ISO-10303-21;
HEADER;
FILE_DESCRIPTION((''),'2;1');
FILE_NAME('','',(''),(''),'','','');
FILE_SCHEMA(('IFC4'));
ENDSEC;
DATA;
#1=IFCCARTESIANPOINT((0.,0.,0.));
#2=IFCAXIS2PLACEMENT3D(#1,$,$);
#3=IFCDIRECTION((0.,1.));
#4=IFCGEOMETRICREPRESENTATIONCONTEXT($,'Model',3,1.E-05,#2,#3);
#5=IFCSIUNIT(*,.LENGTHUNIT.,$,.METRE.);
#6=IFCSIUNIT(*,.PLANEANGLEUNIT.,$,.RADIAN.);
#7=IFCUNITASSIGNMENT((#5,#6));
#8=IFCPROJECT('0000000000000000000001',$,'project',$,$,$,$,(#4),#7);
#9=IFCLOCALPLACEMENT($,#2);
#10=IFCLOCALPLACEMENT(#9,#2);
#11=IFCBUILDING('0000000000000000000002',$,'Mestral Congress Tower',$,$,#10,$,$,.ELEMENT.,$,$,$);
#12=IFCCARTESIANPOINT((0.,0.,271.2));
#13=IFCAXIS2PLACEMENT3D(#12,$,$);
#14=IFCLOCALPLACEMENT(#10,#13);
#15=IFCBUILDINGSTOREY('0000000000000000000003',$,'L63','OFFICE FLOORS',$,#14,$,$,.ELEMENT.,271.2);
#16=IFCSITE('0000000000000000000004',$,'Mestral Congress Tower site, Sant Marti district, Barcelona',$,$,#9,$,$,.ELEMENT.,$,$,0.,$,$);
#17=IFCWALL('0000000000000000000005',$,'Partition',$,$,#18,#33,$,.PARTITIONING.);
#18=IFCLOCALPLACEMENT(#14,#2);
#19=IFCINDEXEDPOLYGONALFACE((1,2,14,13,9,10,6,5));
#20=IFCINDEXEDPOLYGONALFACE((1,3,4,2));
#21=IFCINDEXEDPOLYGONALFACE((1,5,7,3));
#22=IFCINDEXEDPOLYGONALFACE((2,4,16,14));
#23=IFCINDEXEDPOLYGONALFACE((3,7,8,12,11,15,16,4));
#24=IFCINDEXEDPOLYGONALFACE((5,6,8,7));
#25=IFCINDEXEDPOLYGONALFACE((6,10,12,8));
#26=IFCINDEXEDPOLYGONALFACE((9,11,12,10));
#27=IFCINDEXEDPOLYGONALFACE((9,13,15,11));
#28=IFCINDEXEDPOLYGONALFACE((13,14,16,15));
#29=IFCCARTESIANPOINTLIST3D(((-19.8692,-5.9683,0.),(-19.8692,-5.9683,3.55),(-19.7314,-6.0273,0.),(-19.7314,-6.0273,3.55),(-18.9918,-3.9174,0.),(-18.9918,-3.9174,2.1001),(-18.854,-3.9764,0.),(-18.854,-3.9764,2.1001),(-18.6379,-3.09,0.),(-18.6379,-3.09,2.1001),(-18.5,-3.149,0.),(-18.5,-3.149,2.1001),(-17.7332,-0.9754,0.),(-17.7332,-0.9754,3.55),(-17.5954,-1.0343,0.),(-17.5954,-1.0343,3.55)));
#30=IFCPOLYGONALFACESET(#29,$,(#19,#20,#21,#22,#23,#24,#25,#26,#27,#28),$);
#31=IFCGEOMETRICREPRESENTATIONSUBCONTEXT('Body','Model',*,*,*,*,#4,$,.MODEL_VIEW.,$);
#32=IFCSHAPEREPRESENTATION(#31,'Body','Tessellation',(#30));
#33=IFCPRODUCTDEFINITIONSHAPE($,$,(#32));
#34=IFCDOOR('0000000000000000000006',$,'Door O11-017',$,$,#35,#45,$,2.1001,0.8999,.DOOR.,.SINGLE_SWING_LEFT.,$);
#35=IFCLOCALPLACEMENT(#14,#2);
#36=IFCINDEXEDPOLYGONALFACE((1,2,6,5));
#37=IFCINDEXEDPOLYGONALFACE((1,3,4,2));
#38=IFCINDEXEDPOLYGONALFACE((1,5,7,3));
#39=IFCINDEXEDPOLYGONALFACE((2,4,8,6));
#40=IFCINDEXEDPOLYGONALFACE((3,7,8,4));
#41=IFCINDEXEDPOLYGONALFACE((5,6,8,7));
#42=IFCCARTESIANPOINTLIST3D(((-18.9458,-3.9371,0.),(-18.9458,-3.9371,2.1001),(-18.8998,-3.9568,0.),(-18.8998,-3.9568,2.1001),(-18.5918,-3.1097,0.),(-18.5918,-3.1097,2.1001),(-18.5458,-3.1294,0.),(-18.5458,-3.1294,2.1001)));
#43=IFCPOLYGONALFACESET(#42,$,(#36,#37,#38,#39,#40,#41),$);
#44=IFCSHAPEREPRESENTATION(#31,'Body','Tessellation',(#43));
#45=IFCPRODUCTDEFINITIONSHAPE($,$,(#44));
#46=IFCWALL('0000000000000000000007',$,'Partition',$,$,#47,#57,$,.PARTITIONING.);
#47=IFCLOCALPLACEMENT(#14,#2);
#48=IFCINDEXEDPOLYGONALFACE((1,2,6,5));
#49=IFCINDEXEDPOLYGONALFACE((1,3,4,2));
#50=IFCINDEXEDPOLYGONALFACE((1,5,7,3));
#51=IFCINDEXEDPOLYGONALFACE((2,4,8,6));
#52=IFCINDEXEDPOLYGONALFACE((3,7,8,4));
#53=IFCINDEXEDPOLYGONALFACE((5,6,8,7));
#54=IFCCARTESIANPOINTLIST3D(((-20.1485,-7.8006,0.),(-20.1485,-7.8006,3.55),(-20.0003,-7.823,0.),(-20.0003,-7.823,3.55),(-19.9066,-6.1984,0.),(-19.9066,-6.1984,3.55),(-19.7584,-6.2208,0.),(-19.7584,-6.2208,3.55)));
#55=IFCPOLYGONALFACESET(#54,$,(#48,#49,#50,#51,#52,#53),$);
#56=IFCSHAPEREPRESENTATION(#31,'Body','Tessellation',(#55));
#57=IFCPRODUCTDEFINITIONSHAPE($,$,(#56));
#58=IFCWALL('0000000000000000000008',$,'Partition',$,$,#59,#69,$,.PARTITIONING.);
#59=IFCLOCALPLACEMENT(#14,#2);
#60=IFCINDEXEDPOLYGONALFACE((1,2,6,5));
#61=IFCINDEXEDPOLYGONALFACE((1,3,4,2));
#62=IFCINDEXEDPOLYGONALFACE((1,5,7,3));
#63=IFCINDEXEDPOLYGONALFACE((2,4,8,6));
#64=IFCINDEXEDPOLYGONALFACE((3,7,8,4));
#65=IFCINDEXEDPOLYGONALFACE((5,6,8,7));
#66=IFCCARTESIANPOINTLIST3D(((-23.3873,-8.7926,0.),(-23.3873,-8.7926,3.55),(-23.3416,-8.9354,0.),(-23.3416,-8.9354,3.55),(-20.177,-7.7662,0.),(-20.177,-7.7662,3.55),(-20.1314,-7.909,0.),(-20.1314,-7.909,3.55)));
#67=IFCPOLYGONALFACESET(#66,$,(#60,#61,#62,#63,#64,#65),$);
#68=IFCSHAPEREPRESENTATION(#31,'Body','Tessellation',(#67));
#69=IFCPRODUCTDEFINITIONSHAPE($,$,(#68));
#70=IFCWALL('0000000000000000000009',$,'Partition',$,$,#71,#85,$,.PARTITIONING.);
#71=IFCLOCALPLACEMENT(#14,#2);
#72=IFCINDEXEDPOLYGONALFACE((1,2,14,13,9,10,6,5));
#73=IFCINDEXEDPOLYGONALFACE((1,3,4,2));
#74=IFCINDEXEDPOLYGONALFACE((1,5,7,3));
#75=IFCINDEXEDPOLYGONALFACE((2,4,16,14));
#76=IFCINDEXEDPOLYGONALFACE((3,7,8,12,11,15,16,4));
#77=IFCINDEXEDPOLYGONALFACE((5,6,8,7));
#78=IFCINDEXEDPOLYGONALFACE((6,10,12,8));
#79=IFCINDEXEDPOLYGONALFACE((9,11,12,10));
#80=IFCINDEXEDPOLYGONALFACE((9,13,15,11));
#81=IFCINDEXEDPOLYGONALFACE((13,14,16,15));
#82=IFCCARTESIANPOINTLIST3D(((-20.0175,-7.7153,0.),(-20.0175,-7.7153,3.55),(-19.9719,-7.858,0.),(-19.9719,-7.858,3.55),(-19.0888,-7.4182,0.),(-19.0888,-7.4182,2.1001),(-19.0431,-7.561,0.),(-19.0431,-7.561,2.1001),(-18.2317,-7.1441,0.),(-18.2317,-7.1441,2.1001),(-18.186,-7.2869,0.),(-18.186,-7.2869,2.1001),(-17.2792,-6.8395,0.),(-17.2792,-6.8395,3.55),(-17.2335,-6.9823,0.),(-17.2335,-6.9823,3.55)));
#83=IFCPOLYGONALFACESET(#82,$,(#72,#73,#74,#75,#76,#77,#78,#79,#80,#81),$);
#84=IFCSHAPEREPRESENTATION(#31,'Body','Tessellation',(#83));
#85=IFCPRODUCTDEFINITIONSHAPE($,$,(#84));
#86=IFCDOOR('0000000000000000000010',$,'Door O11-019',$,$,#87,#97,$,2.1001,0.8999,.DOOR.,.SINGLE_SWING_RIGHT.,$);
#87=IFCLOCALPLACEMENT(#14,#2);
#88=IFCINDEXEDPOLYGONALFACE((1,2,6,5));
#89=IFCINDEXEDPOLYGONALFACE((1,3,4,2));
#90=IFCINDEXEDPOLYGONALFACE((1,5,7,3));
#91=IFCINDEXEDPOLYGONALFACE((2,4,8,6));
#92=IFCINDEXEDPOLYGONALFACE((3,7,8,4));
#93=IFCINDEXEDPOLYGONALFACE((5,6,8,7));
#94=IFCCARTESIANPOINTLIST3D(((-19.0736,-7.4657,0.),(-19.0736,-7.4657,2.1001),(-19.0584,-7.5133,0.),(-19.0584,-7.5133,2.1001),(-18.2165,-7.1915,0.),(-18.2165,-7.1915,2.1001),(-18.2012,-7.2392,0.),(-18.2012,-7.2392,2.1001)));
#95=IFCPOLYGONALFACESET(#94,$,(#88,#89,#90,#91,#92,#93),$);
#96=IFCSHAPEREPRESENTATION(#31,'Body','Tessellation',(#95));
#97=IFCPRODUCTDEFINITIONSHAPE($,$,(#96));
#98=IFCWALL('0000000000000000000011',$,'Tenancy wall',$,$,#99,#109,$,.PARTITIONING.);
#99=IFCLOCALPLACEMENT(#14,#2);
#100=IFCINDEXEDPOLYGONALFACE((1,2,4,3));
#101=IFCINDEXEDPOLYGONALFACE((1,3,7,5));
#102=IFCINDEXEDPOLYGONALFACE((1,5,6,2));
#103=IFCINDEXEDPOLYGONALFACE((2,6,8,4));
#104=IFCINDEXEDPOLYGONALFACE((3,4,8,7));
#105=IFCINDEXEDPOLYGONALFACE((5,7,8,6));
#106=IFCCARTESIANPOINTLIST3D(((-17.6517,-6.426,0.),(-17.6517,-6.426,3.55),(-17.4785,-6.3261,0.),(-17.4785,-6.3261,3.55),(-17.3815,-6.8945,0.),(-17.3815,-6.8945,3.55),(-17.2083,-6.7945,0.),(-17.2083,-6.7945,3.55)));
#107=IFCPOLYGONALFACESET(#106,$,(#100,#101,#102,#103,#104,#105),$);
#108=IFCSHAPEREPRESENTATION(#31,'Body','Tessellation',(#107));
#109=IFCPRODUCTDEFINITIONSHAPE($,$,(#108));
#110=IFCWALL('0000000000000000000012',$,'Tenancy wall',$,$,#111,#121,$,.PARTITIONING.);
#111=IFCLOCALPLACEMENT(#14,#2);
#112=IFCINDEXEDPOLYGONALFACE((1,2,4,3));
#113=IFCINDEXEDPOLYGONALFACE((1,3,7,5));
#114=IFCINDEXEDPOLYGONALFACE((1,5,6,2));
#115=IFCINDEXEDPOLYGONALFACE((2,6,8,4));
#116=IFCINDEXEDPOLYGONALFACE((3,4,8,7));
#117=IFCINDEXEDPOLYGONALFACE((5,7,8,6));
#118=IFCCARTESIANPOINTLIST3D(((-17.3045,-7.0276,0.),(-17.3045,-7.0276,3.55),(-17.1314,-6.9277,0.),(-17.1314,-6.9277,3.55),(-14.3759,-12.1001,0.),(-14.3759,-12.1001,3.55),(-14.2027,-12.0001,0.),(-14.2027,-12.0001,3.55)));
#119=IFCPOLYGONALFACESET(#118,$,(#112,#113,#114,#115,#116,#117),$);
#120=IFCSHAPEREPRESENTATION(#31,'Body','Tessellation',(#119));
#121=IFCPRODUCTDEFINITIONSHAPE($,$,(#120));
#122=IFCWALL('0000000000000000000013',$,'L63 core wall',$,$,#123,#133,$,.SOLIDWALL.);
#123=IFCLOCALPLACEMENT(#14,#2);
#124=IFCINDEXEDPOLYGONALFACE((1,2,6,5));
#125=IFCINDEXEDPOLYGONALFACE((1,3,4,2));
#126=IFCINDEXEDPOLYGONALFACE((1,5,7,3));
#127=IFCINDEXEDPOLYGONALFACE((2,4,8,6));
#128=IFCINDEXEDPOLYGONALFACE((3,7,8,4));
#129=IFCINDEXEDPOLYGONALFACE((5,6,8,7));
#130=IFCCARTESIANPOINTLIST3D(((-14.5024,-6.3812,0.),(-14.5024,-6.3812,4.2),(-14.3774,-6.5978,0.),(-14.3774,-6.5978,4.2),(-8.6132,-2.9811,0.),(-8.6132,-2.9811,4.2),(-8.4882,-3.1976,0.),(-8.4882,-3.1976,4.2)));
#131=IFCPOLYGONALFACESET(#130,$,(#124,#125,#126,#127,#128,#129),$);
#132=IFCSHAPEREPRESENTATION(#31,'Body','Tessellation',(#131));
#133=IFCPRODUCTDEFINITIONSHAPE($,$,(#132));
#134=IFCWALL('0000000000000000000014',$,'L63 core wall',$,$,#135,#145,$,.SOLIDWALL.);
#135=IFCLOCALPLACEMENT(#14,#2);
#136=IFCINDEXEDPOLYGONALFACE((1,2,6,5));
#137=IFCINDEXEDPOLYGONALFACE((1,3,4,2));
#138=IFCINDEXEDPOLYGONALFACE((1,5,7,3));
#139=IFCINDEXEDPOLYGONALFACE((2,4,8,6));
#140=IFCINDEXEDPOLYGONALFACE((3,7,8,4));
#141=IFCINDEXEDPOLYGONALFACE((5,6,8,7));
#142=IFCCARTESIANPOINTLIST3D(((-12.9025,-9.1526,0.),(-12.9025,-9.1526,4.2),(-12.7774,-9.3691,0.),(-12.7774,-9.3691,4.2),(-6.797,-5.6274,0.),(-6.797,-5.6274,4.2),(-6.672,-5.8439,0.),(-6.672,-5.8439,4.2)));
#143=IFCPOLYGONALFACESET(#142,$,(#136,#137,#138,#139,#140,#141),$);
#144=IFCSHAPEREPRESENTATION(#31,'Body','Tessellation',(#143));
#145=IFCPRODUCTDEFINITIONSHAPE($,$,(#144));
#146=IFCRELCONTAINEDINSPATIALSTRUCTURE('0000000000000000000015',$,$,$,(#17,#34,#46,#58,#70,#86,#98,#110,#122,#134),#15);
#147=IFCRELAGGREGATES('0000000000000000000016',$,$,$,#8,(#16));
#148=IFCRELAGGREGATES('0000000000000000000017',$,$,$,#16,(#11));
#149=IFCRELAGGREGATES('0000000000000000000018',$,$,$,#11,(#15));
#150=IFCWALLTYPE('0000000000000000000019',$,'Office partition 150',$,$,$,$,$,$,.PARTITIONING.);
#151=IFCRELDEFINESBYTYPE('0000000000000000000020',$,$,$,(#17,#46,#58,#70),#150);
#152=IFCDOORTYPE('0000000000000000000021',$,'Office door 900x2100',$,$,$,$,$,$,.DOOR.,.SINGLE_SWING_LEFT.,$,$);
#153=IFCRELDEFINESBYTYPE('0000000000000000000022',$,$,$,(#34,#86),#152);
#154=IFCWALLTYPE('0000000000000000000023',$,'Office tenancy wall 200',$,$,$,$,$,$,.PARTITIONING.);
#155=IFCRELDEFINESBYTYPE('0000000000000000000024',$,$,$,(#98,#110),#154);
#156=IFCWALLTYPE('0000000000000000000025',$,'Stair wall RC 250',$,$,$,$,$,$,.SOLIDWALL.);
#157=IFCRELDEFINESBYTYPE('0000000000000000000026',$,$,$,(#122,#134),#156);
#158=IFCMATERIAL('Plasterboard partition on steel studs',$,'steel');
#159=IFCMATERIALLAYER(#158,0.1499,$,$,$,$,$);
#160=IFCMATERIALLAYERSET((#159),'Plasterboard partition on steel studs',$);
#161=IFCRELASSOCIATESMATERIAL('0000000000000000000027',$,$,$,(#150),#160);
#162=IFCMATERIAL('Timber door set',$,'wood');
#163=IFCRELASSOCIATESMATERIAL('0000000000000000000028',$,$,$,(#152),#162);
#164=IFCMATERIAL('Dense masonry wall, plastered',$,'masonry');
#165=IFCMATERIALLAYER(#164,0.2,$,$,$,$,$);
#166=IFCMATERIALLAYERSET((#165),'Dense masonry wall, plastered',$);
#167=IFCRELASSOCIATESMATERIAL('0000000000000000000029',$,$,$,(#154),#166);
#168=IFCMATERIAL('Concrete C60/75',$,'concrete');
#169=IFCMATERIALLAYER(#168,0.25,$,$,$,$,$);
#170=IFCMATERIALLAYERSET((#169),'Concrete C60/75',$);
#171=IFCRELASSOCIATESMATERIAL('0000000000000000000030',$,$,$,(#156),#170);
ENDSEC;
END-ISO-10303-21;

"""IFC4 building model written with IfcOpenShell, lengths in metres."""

from ifc_helpers import new_model, si_unit, direction, frame, frame_2d, origin, place, context, subcontext, project, spatial, rectangle, extrude, material, layer, layer_set, type_object, element, fill, save


model = new_model("IFC4")

# Units and contexts
model_context = context("Model", 3, precision=1e-05, world=origin(), true_north=direction((0.0, 1.0)))
body_context = subcontext(model_context, "Body", "Model", "MODEL_VIEW")
ifc_project = project(units=[si_unit("LENGTHUNIT", "METRE"), si_unit("PLANEANGLEUNIT", "RADIAN")], contexts=[model_context])

# Site, building, storey
site_placement = place(None, origin())
site = spatial("IfcSite", under=ifc_project, at=site_placement, Name="Mestral Congress Tower site, Sant Marti district, Barcelona", CompositionType="ELEMENT", RefElevation=0.0)
building_placement = place(site_placement, origin())
building = spatial("IfcBuilding", under=site, at=building_placement, Name="Mestral Congress Tower", CompositionType="ELEMENT")
storey_placement = place(building_placement, frame((0.0, 0.0, 271.2)))
storey = spatial("IfcBuildingStorey", under=building, at=storey_placement, Name="L63", Description="OFFICE FLOORS", CompositionType="ELEMENT", Elevation=271.2)

# Shared definitions
ifc_material_1 = material(Name="Concrete C60/75", Category="concrete")

# Shared definitions
ifc_material_2 = material(Name="Plasterboard partition on steel studs", Category="steel")
ifc_layer_1 = layer(ifc_material_2, 0.1499)
ifc_layer_set_1 = layer_set([ifc_layer_1], Name="Plasterboard partition on steel studs")
wall_type_1 = type_object("IfcWallType", Name="Office partition 150", PredefinedType="PARTITIONING", material=ifc_layer_set_1)

# Wall, opening, door
wall_1_placement = place(storey_placement, frame((-19.8003, -5.9978, 0.0), z_axis=(0.0, 0.0, 1.0), x_axis=(0.393322, 0.919401, 0.0)))
wall_1 = element("IfcWall", 1, at=wall_1_placement, inside=storey, type_object=wall_type_1, Name="Partition", PredefinedType="PARTITIONING", context=body_context, shape_type="SweptSolid", body=[
    extrude(rectangle(XDim=5.4307, YDim=0.1499, at=frame_2d((2.7153, 0.0))), origin(), (0.0, 0.0, 1.0), 3.55),
])
opening_1_placement = place(wall_1_placement, frame((2.2307, 0.0, 0.0)))
opening_1 = element("IfcOpeningElement", 2, at=opening_1_placement, cuts=wall_1, PredefinedType="OPENING", context=body_context, shape_type="SweptSolid", body=[
    extrude(rectangle(XDim=0.8999, YDim=2.1001, at=frame_2d((0.45, 1.05))), frame((0.0, 0.085, 0.0), z_axis=(0.0, -1.0, 0.0), x_axis=(1.0, 0.0, 0.0)), (0.0, 0.0, 1.0), 0.1699),
])
ifc_material_3 = material(Name="Timber door set", Category="wood")
door_type_1 = type_object("IfcDoorType", Name="Office door 900x2100", OperationType="SINGLE_SWING_LEFT", PredefinedType="DOOR", material=ifc_material_3)
door_1_placement = place(opening_1_placement, origin())
door_1 = element("IfcDoor", 3, at=door_1_placement, inside=storey, type_object=door_type_1, Name="Door O11-017", OperationType="SINGLE_SWING_LEFT", OverallHeight=2.1001, OverallWidth=0.8999, PredefinedType="DOOR", context=body_context, shape_type="SweptSolid", body=[
    extrude(rectangle(XDim=0.8999, YDim=2.1001, at=frame_2d((0.45, 1.05))), frame((0.0, 0.0249, 0.0), z_axis=(0.0, -1.0, 0.0), x_axis=(1.0, 0.0, 0.0)), (0.0, 0.0, 1.0), 0.05),
])
fill(opening_1, door_1)

# Walls
wall_2_placement = place(storey_placement, frame((-19.8325, -6.2097, 0.0), z_axis=(0.0, 0.0, 1.0), x_axis=(-0.149305, -0.988791, 0.0)))
element("IfcWall", 4, at=wall_2_placement, inside=storey, type_object=wall_type_1, Name="Partition", PredefinedType="PARTITIONING", context=body_context, shape_type="SweptSolid", body=[
    extrude(rectangle(XDim=1.6204, YDim=0.1499, at=frame_2d((0.8101, 0.0))), origin(), (0.0, 0.0, 1.0), 3.55),
])
wall_3_placement = place(storey_placement, frame((-20.1543, -7.8376, 0.0), z_axis=(0.0, 0.0, 1.0), x_axis=(-0.952501, -0.304534, 0.0)))
element("IfcWall", 5, at=wall_3_placement, inside=storey, type_object=wall_type_1, Name="Partition", PredefinedType="PARTITIONING", context=body_context, shape_type="SweptSolid", body=[
    extrude(rectangle(XDim=3.3704, YDim=0.1499, at=frame_2d((1.6851, 0.0))), origin(), (0.0, 0.0, 1.0), 3.55),
])

# Wall, opening, door
wall_4_placement = place(storey_placement, frame((-17.2563, -6.9109, 0.0), z_axis=(0.0, 0.0, 1.0), x_axis=(-0.952476, -0.304612, 0.0)))
wall_4 = element("IfcWall", 6, at=wall_4_placement, inside=storey, type_object=wall_type_1, Name="Partition", PredefinedType="PARTITIONING", context=body_context, shape_type="SweptSolid", body=[
    extrude(rectangle(XDim=2.875, YDim=0.1499, at=frame_2d((1.4375, 0.0))), origin(), (0.0, 0.0, 1.0), 3.55),
])
opening_2_placement = place(wall_4_placement, frame((1.0, 0.0, 0.0)))
opening_2 = element("IfcOpeningElement", 7, at=opening_2_placement, cuts=wall_4, PredefinedType="OPENING", context=body_context, shape_type="SweptSolid", body=[
    extrude(rectangle(XDim=0.8999, YDim=2.1001, at=frame_2d((0.45, 1.05))), frame((0.0, 0.085, 0.0), z_axis=(0.0, -1.0, 0.0), x_axis=(1.0, 0.0, 0.0)), (0.0, 0.0, 1.0), 0.1699),
])
door_2_placement = place(opening_2_placement, origin())
door_2 = element("IfcDoor", 8, at=door_2_placement, inside=storey, type_object=door_type_1, Name="Door O11-019", OperationType="SINGLE_SWING_RIGHT", OverallHeight=2.1001, OverallWidth=0.8999, PredefinedType="DOOR", context=body_context, shape_type="SweptSolid", body=[
    extrude(rectangle(XDim=0.8999, YDim=2.1001, at=frame_2d((0.45, 1.05))), frame((0.0, 0.0249, 0.0), z_axis=(0.0, -1.0, 0.0), x_axis=(1.0, 0.0, 0.0)), (0.0, 0.0, 1.0), 0.05),
])
fill(opening_2, door_2)

# Walls
ifc_material_4 = material(Name="Dense masonry wall, plastered", Category="masonry")
ifc_layer_2 = layer(ifc_material_4, 0.2)
ifc_layer_set_2 = layer_set([ifc_layer_2], Name="Dense masonry wall, plastered")
wall_type_2 = type_object("IfcWallType", Name="Office tenancy wall 200", PredefinedType="PARTITIONING", material=ifc_layer_set_2)
wall_5_placement = place(storey_placement, frame((-17.5652, -6.376, 0.0), z_axis=(0.0, 0.0, 1.0), x_axis=(0.499683, -0.866208, 0.0)))
element("IfcWall", 9, at=wall_5_placement, inside=storey, type_object=wall_type_2, Name="Tenancy wall", PredefinedType="PARTITIONING", context=body_context, shape_type="SweptSolid", body=[
    extrude(rectangle(XDim=0.5408, YDim=0.2, at=frame_2d((0.2705, 0.0))), origin(), (0.0, 0.0, 1.0), 3.55),
])
wall_6_placement = place(storey_placement, frame((-17.218, -6.9775, 0.0), z_axis=(0.0, 0.0, 1.0), x_axis=(0.500012, -0.866018, 0.0)))
element("IfcWall", 10, at=wall_6_placement, inside=storey, type_object=wall_type_2, Name="Tenancy wall", PredefinedType="PARTITIONING", context=body_context, shape_type="SweptSolid", body=[
    extrude(rectangle(XDim=5.8572, YDim=0.2, at=frame_2d((2.9287, 0.0))), origin(), (0.0, 0.0, 1.0), 3.55),
])
ifc_layer_3 = layer(ifc_material_1, 0.25)
ifc_layer_set_3 = layer_set([ifc_layer_3], Name="Concrete C60/75")
wall_type_3 = type_object("IfcWallType", Name="Stair wall RC 250", PredefinedType="SOLIDWALL", material=ifc_layer_set_3)
wall_7_placement = place(storey_placement, frame((-14.4399, -6.4895, 0.0), z_axis=(0.0, 0.0, 1.0), x_axis=(0.866023, 0.500004, 0.0)))
element("IfcWall", 11, at=wall_7_placement, inside=storey, type_object=wall_type_3, Name="L63 core wall", PredefinedType="SOLIDWALL", context=body_context, shape_type="SweptSolid", body=[
    extrude(rectangle(XDim=6.8003, YDim=0.25, at=frame_2d((3.4001, 0.0))), origin(), (0.0, 0.0, 1.0), 4.2),
])
wall_8_placement = place(storey_placement, frame((-12.8398, -9.2607, 0.0), z_axis=(0.0, 0.0, 1.0), x_axis=(0.866016, 0.500016, 0.0)))
element("IfcWall", 12, at=wall_8_placement, inside=storey, type_object=wall_type_3, Name="L63 core wall", PredefinedType="SOLIDWALL", context=body_context, shape_type="SweptSolid", body=[
    extrude(rectangle(XDim=7.05, YDim=0.25, at=frame_2d((3.5249, 0.0))), origin(), (0.0, 0.0, 1.0), 4.2),
])

save(model, "model.ifc")
